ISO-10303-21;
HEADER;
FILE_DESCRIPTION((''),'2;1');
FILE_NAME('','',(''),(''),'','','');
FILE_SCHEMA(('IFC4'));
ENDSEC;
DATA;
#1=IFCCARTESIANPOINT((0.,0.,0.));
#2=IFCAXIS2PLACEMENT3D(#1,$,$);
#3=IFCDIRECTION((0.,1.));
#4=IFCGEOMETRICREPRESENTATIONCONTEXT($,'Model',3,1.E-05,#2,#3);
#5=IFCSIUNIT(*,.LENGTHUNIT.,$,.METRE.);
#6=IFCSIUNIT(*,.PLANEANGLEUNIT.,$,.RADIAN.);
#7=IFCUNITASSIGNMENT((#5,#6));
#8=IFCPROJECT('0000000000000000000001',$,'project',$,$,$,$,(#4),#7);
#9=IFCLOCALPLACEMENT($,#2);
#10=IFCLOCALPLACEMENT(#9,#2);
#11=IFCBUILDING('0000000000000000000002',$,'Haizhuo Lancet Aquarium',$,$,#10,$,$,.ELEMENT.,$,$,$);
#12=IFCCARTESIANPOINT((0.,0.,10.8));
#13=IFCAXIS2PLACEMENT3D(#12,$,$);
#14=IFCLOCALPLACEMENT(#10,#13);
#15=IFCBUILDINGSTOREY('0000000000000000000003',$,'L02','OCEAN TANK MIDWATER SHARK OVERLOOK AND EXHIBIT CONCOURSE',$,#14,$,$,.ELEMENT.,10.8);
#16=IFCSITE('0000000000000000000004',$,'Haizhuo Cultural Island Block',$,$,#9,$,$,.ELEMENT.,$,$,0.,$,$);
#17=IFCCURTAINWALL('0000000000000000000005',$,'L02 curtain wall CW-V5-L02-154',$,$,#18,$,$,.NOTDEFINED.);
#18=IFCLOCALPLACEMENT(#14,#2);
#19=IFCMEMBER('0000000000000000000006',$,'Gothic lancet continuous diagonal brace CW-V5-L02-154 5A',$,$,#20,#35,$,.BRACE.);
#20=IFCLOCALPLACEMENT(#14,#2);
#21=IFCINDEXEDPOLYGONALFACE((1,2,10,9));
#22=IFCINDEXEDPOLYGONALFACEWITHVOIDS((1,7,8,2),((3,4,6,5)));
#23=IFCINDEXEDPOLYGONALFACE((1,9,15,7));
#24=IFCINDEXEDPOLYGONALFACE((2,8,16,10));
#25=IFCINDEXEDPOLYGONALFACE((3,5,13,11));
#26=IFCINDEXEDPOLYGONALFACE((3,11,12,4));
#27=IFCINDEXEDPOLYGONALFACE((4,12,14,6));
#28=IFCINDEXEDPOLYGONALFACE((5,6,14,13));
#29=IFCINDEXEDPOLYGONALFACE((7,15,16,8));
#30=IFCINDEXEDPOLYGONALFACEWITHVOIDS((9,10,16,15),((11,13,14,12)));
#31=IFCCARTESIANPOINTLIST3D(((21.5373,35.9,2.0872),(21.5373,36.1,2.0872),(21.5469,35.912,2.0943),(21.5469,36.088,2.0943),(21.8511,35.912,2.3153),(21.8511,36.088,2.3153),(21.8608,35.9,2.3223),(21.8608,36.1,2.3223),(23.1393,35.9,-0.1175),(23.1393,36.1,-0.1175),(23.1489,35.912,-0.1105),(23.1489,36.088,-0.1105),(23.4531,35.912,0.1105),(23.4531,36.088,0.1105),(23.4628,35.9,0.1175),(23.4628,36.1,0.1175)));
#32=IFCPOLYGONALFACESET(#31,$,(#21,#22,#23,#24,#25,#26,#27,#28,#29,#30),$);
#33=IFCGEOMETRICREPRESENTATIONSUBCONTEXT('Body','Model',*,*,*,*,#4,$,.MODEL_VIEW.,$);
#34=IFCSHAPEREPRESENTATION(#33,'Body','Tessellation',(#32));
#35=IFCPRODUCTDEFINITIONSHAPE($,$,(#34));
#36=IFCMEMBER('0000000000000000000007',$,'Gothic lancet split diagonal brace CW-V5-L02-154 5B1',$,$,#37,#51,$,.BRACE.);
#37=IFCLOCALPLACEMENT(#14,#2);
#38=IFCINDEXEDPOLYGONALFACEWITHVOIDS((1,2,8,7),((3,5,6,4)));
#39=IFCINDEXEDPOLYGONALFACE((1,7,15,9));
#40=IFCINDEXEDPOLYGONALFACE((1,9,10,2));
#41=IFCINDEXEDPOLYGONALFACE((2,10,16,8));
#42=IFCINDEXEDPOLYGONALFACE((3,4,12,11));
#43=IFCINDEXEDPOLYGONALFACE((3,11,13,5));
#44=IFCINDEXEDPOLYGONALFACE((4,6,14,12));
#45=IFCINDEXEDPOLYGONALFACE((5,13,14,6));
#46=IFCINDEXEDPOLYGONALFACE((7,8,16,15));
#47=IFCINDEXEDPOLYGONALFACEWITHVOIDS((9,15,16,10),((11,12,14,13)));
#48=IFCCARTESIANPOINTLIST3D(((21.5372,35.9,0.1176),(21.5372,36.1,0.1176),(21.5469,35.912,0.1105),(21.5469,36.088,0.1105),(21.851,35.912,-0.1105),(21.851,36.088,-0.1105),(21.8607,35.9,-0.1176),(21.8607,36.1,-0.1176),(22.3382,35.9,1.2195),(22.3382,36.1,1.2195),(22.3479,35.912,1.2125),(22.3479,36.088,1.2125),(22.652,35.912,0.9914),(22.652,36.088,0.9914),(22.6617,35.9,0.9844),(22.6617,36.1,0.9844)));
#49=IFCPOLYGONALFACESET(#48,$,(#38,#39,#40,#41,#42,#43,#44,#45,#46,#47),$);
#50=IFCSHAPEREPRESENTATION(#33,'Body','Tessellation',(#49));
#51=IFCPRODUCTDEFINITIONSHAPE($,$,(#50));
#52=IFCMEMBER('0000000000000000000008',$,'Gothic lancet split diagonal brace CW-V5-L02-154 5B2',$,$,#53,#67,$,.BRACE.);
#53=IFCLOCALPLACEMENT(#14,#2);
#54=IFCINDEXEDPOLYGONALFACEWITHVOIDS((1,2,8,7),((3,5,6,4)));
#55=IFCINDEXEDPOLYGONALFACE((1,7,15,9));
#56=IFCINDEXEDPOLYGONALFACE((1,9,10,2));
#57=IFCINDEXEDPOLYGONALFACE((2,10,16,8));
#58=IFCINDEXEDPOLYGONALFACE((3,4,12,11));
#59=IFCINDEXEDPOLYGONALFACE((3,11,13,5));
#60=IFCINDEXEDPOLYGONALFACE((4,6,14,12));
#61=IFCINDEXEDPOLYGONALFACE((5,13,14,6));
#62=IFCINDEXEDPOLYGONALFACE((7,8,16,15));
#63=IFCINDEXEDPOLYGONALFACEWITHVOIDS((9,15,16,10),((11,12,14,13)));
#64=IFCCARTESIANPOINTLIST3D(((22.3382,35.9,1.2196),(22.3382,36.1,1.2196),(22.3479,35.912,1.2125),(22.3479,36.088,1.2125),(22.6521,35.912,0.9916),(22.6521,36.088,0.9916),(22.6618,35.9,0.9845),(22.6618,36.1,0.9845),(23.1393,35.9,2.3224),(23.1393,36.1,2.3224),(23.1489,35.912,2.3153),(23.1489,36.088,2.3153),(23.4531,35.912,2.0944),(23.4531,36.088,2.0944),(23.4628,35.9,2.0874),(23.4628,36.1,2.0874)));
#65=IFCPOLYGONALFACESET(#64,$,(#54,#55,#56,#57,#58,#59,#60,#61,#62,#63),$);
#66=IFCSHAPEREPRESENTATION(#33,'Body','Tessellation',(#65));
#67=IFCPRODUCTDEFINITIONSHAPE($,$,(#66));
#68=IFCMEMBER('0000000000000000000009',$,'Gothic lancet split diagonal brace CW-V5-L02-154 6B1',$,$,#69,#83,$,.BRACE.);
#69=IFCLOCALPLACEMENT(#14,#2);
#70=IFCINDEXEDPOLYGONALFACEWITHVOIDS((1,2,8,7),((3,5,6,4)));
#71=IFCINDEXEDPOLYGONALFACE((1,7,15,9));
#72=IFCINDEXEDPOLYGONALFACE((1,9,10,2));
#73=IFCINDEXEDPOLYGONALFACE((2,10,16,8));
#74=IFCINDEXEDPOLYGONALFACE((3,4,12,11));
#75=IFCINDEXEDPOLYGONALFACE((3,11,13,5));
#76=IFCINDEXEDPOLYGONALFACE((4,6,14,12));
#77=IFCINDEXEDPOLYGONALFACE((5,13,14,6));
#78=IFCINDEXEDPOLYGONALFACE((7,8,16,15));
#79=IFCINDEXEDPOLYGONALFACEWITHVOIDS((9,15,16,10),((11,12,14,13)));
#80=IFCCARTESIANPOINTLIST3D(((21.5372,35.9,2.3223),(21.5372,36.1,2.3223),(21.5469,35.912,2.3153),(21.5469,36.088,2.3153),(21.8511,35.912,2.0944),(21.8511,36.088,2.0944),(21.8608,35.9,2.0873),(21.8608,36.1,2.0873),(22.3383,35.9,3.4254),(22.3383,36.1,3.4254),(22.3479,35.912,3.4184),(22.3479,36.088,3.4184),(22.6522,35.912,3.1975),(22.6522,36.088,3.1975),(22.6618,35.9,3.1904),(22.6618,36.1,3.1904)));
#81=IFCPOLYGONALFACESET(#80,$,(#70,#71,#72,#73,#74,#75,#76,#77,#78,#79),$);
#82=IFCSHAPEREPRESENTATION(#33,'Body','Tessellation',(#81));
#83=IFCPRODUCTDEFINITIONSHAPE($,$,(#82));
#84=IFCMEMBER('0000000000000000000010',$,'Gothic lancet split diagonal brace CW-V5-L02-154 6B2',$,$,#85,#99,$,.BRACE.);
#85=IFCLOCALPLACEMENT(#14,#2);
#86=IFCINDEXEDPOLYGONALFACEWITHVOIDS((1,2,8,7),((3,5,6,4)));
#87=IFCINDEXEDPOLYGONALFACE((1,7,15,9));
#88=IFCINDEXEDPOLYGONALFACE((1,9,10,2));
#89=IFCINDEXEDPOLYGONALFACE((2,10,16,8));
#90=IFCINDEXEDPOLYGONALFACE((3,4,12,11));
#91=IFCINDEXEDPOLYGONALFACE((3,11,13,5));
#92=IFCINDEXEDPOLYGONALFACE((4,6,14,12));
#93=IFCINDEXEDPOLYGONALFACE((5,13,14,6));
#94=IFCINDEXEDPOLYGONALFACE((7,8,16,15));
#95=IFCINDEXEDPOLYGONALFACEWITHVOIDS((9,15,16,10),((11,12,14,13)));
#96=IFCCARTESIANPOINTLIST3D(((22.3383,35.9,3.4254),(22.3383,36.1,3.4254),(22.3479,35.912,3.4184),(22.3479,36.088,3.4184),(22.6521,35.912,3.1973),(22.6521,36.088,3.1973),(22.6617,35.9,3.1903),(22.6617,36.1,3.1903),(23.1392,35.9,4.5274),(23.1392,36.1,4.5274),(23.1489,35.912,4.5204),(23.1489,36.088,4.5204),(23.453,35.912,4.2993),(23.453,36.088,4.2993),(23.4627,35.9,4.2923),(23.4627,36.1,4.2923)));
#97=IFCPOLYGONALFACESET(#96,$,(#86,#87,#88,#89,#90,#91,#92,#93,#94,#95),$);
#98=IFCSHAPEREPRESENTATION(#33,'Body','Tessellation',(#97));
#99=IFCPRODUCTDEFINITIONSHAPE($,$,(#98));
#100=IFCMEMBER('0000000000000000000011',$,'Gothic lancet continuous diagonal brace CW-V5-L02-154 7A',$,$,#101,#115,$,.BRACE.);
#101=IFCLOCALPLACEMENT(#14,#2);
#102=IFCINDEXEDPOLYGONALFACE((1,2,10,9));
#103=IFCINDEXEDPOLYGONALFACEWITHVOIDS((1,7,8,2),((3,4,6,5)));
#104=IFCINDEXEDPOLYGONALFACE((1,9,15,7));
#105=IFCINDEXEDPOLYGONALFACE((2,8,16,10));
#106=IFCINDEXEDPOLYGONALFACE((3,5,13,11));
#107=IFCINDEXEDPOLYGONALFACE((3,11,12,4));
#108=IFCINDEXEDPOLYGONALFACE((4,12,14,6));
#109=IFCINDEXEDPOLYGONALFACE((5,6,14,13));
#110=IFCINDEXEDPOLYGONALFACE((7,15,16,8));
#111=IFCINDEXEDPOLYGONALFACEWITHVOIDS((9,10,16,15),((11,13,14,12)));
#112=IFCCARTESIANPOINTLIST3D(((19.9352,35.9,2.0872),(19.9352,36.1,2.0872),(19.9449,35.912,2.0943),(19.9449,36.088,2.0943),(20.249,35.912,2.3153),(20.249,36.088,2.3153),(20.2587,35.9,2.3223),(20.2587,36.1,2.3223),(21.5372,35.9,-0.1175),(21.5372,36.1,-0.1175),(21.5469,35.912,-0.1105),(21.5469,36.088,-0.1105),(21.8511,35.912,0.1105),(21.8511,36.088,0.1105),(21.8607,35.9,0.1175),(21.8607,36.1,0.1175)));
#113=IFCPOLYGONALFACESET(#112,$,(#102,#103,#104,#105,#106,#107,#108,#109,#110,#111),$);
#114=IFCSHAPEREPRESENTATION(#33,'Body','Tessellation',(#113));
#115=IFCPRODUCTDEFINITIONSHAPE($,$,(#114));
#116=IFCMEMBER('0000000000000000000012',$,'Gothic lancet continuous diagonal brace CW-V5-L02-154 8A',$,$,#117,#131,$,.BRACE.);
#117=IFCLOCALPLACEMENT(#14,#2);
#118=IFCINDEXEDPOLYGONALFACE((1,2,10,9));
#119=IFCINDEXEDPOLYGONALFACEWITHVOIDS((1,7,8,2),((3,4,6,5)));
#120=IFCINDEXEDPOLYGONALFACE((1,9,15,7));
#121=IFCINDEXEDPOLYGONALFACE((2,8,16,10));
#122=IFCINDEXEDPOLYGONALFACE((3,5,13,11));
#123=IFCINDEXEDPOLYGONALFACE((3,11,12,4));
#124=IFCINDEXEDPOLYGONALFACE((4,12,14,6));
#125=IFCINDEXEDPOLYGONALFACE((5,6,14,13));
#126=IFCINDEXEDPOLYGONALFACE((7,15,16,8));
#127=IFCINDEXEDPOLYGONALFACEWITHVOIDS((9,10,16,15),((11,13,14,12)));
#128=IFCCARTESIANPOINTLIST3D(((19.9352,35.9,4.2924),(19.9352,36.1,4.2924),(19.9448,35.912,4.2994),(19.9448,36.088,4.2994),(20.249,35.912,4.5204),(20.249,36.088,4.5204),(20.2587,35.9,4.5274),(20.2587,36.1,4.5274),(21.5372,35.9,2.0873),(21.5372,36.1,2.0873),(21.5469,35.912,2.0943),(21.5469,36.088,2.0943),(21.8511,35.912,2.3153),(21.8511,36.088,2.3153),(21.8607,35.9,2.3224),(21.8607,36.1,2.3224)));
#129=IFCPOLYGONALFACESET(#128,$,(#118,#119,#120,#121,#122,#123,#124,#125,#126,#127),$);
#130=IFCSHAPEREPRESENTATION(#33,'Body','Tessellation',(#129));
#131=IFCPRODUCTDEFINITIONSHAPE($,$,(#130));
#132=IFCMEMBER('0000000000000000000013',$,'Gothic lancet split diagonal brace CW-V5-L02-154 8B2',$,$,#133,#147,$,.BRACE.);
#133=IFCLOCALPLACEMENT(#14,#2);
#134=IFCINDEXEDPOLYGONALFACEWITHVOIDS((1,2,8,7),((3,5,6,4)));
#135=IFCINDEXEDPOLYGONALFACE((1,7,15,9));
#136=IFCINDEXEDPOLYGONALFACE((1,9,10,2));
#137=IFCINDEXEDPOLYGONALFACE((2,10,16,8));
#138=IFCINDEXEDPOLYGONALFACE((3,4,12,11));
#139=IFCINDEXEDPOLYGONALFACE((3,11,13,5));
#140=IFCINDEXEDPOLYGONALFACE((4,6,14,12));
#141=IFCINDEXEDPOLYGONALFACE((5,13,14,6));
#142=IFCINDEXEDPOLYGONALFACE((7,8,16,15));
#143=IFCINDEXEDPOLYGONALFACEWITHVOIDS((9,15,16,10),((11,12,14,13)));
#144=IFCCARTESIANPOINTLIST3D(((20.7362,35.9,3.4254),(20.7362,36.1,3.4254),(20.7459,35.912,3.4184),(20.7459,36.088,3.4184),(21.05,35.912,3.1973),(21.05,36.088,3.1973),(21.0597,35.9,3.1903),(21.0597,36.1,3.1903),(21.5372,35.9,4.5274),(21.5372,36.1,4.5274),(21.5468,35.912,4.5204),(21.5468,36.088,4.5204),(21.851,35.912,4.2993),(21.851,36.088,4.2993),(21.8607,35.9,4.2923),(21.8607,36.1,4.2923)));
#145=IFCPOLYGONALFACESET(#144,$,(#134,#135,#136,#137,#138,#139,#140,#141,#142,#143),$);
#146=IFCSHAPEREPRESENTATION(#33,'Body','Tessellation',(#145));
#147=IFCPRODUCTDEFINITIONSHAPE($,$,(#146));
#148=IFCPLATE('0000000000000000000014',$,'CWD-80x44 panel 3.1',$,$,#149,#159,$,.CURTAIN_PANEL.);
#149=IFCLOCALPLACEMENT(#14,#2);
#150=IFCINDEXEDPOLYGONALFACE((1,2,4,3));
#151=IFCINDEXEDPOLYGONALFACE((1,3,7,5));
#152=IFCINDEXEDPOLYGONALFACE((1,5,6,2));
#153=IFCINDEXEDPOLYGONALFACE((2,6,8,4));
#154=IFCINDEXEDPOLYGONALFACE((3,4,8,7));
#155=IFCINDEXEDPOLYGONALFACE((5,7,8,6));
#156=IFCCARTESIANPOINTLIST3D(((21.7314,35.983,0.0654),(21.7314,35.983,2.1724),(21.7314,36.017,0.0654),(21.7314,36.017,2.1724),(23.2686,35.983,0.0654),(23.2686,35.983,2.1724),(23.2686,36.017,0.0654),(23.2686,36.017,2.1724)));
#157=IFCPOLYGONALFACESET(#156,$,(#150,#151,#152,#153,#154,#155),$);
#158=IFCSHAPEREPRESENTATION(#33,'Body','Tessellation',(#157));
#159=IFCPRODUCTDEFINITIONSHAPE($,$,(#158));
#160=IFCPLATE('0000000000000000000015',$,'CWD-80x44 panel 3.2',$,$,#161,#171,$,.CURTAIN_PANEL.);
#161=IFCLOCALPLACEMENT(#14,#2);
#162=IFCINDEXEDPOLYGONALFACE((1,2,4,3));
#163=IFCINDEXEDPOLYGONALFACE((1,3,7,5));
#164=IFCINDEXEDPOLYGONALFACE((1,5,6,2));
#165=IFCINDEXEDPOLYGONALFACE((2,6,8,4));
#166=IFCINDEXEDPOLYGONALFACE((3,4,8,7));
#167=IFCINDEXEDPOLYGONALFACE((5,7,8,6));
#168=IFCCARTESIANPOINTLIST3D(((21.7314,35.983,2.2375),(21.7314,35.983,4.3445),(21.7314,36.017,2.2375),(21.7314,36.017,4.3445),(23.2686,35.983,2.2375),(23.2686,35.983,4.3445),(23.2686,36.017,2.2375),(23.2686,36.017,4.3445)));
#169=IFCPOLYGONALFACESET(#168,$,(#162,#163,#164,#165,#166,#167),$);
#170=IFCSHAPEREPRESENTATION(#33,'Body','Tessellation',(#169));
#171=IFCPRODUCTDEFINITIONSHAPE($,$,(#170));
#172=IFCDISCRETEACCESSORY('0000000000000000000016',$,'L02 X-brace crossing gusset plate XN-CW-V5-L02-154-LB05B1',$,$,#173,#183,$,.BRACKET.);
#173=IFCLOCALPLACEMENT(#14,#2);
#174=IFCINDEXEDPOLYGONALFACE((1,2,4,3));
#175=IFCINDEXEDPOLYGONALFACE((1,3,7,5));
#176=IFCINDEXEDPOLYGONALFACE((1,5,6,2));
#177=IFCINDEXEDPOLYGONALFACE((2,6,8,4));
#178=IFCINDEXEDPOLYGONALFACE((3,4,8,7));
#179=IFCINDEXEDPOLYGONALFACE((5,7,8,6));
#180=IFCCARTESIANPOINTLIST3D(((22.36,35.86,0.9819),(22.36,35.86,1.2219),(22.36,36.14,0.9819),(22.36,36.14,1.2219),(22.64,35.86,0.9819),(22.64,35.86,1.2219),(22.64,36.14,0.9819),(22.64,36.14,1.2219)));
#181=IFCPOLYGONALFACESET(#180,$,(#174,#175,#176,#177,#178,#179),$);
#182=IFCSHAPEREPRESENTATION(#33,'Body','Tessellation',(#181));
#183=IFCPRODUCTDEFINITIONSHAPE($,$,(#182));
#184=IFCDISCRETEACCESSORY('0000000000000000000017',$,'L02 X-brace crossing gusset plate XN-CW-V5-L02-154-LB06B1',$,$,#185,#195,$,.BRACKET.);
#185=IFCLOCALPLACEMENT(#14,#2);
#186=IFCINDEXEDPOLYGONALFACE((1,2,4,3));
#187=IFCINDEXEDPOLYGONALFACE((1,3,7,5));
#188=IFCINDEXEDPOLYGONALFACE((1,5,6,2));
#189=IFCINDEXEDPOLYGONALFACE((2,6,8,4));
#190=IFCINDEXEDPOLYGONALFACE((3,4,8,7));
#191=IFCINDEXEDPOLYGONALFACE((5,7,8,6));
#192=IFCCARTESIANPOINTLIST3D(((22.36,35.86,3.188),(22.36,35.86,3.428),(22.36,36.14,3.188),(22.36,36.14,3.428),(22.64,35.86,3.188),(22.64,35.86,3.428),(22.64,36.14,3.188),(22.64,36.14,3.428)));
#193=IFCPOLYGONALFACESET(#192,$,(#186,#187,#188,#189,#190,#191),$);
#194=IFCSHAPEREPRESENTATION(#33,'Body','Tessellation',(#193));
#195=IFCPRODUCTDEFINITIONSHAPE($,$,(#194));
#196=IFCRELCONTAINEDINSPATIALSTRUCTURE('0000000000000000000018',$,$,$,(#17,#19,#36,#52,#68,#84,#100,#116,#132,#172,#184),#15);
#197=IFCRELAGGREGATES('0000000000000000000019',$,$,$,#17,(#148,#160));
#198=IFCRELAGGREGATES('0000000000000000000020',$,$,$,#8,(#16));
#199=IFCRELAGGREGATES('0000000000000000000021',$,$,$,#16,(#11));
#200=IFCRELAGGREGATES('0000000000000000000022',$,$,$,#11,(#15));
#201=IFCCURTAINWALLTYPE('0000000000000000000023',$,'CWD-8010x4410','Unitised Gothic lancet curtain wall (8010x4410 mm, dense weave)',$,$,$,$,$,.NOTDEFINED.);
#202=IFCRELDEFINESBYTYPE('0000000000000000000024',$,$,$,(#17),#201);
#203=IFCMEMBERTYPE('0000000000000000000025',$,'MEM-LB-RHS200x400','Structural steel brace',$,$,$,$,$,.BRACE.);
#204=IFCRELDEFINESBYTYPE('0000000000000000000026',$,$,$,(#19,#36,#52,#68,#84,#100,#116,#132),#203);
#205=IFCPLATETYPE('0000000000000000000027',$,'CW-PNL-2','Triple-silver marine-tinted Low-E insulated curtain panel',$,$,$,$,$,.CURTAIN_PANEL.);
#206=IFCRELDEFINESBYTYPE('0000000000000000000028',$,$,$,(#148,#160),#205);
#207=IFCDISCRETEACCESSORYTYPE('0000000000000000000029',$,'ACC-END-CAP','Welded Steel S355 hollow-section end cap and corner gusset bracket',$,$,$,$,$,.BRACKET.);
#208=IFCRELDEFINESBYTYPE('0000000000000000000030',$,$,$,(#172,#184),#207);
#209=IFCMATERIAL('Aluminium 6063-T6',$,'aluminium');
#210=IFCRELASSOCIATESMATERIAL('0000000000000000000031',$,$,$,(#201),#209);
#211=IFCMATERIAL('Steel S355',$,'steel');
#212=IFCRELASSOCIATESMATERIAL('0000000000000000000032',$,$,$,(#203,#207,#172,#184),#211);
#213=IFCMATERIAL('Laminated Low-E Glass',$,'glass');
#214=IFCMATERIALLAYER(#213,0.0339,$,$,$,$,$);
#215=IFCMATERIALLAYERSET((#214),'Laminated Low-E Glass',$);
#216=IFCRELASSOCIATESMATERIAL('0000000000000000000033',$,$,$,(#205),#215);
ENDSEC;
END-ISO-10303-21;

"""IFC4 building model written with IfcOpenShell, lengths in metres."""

from ifc_helpers import new_model, si_unit, direction, frame, origin, origin_2d, place, context, subcontext, project, spatial, rectangle, hollow_rectangle, extrude, material, layer, layer_set, material_profile, profile_set, type_object, element, aggregate, save


model = new_model("IFC4")

# Units and contexts
model_context = context("Model", 3, precision=1e-05, world=origin(), true_north=direction((0.0, 1.0)))
body_context = subcontext(model_context, "Body", "Model", "MODEL_VIEW")
ifc_project = project(units=[si_unit("LENGTHUNIT", "METRE"), si_unit("PLANEANGLEUNIT", "RADIAN")], contexts=[model_context])

# Site, building, storey
site_placement = place(None, origin())
site = spatial("IfcSite", under=ifc_project, at=site_placement, Name="Haizhuo Cultural Island Block", CompositionType="ELEMENT", RefElevation=0.0)
building_placement = place(site_placement, origin())
building = spatial("IfcBuilding", under=site, at=building_placement, Name="Haizhuo Lancet Aquarium", CompositionType="ELEMENT")
storey_placement = place(building_placement, frame((0.0, 0.0, 10.8)))
storey = spatial("IfcBuildingStorey", under=building, at=storey_placement, Name="L02", Description="OCEAN TANK MIDWATER SHARK OVERLOOK AND EXHIBIT CONCOURSE", CompositionType="ELEMENT", Elevation=10.8)

# Curtain wall
ifc_material_1 = material(Name="Aluminium 6063-T6", Category="aluminium")
curtain_wall_type = type_object("IfcCurtainWallType", Name="CWD-8010x4410", Description="Unitised Gothic lancet curtain wall (8010x4410 mm, dense weave)", PredefinedType="NOTDEFINED", material=ifc_material_1)
curtain_wall_placement = place(storey_placement, origin())
curtain_wall = element("IfcCurtainWall", 1, at=curtain_wall_placement, inside=storey, type_object=curtain_wall_type, Name="L02 curtain wall CW-V5-L02-154", PredefinedType="NOTDEFINED")

# Members
ifc_material_2 = material(Name="Steel S355", Category="steel")
ifc_material_profile_1 = material_profile(ifc_material_2, hollow_rectangle(XDim=0.2, YDim=0.3999, WallThickness=0.012, at=origin_2d()), Name="RHS 200x400x12")
ifc_profile_set_1 = profile_set([ifc_material_profile_1], Name="Steel S355")
member_type_1 = type_object("IfcMemberType", Name="MEM-LB-RHS200x400", Description="Structural steel brace", PredefinedType="BRACE", material=ifc_profile_set_1)
member_1_placement = place(storey_placement, frame((23.301, 36.0, 0.0), z_axis=(-0.58782, 0.0, 0.808992), x_axis=(0.0, -1.0, 0.0)))
element("IfcMember", 2, at=member_1_placement, inside=storey, type_object=member_type_1, Name="Gothic lancet continuous diagonal brace CW-V5-L02-154 5A", PredefinedType="BRACE", context=body_context, shape_type="SweptSolid", body=[
    extrude(hollow_rectangle(XDim=0.2, YDim=0.3999, WallThickness=0.012, at=origin_2d()), origin(), (0.0, 0.0, 1.0), 2.7253),
])
member_2_placement = place(storey_placement, frame((21.699, 36.0, 0.0), z_axis=(0.587948, 0.0, 0.808899), x_axis=(0.0, 1.0, 0.0)))
element("IfcMember", 3, at=member_2_placement, inside=storey, type_object=member_type_1, Name="Gothic lancet split diagonal brace CW-V5-L02-154 5B1", PredefinedType="BRACE", context=body_context, shape_type="SweptSolid", body=[
    extrude(hollow_rectangle(XDim=0.2, YDim=0.3999, WallThickness=0.012, at=origin_2d()), origin(), (0.0, 0.0, 1.0), 1.3623),
])
member_3_placement = place(storey_placement, frame((22.5, 36.0, 1.1021), z_axis=(0.587692, 0.0, 0.809084), x_axis=(0.0, 1.0, 0.0)))
element("IfcMember", 4, at=member_3_placement, inside=storey, type_object=member_type_1, Name="Gothic lancet split diagonal brace CW-V5-L02-154 5B2", PredefinedType="BRACE", context=body_context, shape_type="SweptSolid", body=[
    extrude(hollow_rectangle(XDim=0.2, YDim=0.3999, WallThickness=0.012, at=origin_2d()), origin(), (0.0, 0.0, 1.0), 1.363),
])
member_4_placement = place(storey_placement, frame((21.699, 36.0, 2.2048), z_axis=(0.587607, 0.0, 0.809146), x_axis=(0.0, 1.0, 0.0)))
element("IfcMember", 5, at=member_4_placement, inside=storey, type_object=member_type_1, Name="Gothic lancet split diagonal brace CW-V5-L02-154 6B1", PredefinedType="BRACE", context=body_context, shape_type="SweptSolid", body=[
    extrude(hollow_rectangle(XDim=0.2, YDim=0.3999, WallThickness=0.012, at=origin_2d()), origin(), (0.0, 0.0, 1.0), 1.3633),
])
member_5_placement = place(storey_placement, frame((22.5, 36.0, 3.3079), z_axis=(0.587948, 0.0, 0.808899), x_axis=(0.0, 1.0, 0.0)))
element("IfcMember", 6, at=member_5_placement, inside=storey, type_object=member_type_1, Name="Gothic lancet split diagonal brace CW-V5-L02-154 6B2", PredefinedType="BRACE", context=body_context, shape_type="SweptSolid", body=[
    extrude(hollow_rectangle(XDim=0.2, YDim=0.3999, WallThickness=0.012, at=origin_2d()), origin(), (0.0, 0.0, 1.0), 1.3623),
])
member_6_placement = place(storey_placement, frame((21.699, 36.0, 0.0), z_axis=(-0.58782, 0.0, 0.808992), x_axis=(0.0, -1.0, 0.0)))
element("IfcMember", 7, at=member_6_placement, inside=storey, type_object=member_type_1, Name="Gothic lancet continuous diagonal brace CW-V5-L02-154 7A", PredefinedType="BRACE", context=body_context, shape_type="SweptSolid", body=[
    extrude(hollow_rectangle(XDim=0.2, YDim=0.3999, WallThickness=0.012, at=origin_2d()), origin(), (0.0, 0.0, 1.0), 2.7253),
])
member_7_placement = place(storey_placement, frame((21.699, 36.0, 2.2048), z_axis=(-0.587778, 0.0, 0.809023), x_axis=(0.0, -1.0, 0.0)))
element("IfcMember", 8, at=member_7_placement, inside=storey, type_object=member_type_1, Name="Gothic lancet continuous diagonal brace CW-V5-L02-154 8A", PredefinedType="BRACE", context=body_context, shape_type="SweptSolid", body=[
    extrude(hollow_rectangle(XDim=0.2, YDim=0.3999, WallThickness=0.012, at=origin_2d()), origin(), (0.0, 0.0, 1.0), 2.7256),
])
member_8_placement = place(storey_placement, frame((20.8979, 36.0, 3.3079), z_axis=(0.587948, 0.0, 0.808899), x_axis=(0.0, 1.0, 0.0)))
element("IfcMember", 9, at=member_8_placement, inside=storey, type_object=member_type_1, Name="Gothic lancet split diagonal brace CW-V5-L02-154 8B2", PredefinedType="BRACE", context=body_context, shape_type="SweptSolid", body=[
    extrude(hollow_rectangle(XDim=0.2, YDim=0.3999, WallThickness=0.012, at=origin_2d()), origin(), (0.0, 0.0, 1.0), 1.3623),
])

# Plates
ifc_material_3 = material(Name="Laminated Low-E Glass", Category="glass")
ifc_layer = layer(ifc_material_3, 0.0339)
ifc_layer_set = layer_set([ifc_layer], Name="Laminated Low-E Glass")
plate_type = type_object("IfcPlateType", Name="CW-PNL-2", Description="Triple-silver marine-tinted Low-E insulated curtain panel", PredefinedType="CURTAIN_PANEL", material=ifc_layer_set)
plate_1_placement = place(storey_placement, frame((22.5, 36.0, 0.0654), z_axis=(0.0, 0.0, 1.0), x_axis=(-1.0, 0.0, 0.0)))
plate_1 = element("IfcPlate", 10, at=plate_1_placement, type_object=plate_type, Name="CWD-80x44 panel 3.1", PredefinedType="CURTAIN_PANEL", context=body_context, shape_type="SweptSolid", body=[
    extrude(rectangle(XDim=1.5371, YDim=0.0339, at=origin_2d()), origin(), (0.0, 0.0, 1.0), 2.1069),
])
plate_2_placement = place(storey_placement, frame((22.5, 36.0, 2.2375), z_axis=(0.0, 0.0, 1.0), x_axis=(-1.0, 0.0, 0.0)))
plate_2 = element("IfcPlate", 11, at=plate_2_placement, type_object=plate_type, Name="CWD-80x44 panel 3.2", PredefinedType="CURTAIN_PANEL", context=body_context, shape_type="SweptSolid", body=[
    extrude(rectangle(XDim=1.5371, YDim=0.0339, at=origin_2d()), origin(), (0.0, 0.0, 1.0), 2.1069),
])
aggregate(curtain_wall, [plate_1, plate_2])

# Discrete accessories
discrete_accessory_type = type_object("IfcDiscreteAccessoryType", Name="ACC-END-CAP", Description="Welded Steel S355 hollow-section end cap and corner gusset bracket", PredefinedType="BRACKET", material=ifc_material_2)
for number, where, z_axis, x_axis, name in (
    (12, (22.5, 36.0, 0.9819), (0.0, 0.0, 1.0), (1.0, 0.0, 0.0), "L02 X-brace crossing gusset plate XN-CW-V5-L02-154-LB05B1"),
    (13, (22.5, 36.0, 3.188), (0.0, 0.0, 1.0), (1.0, 0.0, 0.0), "L02 X-brace crossing gusset plate XN-CW-V5-L02-154-LB06B1"),
):
    element("IfcDiscreteAccessory", number, at=place(storey_placement, frame(where, z_axis=z_axis, x_axis=x_axis)), inside=storey, type_object=discrete_accessory_type, material=ifc_material_2, Name=name, PredefinedType="BRACKET", context=body_context, shape_type="SweptSolid", body=[
        extrude(rectangle(XDim=0.28, YDim=0.28, at=origin_2d()), origin(), (0.0, 0.0, 1.0), 0.24),
    ])

save(model, "model.ifc")
